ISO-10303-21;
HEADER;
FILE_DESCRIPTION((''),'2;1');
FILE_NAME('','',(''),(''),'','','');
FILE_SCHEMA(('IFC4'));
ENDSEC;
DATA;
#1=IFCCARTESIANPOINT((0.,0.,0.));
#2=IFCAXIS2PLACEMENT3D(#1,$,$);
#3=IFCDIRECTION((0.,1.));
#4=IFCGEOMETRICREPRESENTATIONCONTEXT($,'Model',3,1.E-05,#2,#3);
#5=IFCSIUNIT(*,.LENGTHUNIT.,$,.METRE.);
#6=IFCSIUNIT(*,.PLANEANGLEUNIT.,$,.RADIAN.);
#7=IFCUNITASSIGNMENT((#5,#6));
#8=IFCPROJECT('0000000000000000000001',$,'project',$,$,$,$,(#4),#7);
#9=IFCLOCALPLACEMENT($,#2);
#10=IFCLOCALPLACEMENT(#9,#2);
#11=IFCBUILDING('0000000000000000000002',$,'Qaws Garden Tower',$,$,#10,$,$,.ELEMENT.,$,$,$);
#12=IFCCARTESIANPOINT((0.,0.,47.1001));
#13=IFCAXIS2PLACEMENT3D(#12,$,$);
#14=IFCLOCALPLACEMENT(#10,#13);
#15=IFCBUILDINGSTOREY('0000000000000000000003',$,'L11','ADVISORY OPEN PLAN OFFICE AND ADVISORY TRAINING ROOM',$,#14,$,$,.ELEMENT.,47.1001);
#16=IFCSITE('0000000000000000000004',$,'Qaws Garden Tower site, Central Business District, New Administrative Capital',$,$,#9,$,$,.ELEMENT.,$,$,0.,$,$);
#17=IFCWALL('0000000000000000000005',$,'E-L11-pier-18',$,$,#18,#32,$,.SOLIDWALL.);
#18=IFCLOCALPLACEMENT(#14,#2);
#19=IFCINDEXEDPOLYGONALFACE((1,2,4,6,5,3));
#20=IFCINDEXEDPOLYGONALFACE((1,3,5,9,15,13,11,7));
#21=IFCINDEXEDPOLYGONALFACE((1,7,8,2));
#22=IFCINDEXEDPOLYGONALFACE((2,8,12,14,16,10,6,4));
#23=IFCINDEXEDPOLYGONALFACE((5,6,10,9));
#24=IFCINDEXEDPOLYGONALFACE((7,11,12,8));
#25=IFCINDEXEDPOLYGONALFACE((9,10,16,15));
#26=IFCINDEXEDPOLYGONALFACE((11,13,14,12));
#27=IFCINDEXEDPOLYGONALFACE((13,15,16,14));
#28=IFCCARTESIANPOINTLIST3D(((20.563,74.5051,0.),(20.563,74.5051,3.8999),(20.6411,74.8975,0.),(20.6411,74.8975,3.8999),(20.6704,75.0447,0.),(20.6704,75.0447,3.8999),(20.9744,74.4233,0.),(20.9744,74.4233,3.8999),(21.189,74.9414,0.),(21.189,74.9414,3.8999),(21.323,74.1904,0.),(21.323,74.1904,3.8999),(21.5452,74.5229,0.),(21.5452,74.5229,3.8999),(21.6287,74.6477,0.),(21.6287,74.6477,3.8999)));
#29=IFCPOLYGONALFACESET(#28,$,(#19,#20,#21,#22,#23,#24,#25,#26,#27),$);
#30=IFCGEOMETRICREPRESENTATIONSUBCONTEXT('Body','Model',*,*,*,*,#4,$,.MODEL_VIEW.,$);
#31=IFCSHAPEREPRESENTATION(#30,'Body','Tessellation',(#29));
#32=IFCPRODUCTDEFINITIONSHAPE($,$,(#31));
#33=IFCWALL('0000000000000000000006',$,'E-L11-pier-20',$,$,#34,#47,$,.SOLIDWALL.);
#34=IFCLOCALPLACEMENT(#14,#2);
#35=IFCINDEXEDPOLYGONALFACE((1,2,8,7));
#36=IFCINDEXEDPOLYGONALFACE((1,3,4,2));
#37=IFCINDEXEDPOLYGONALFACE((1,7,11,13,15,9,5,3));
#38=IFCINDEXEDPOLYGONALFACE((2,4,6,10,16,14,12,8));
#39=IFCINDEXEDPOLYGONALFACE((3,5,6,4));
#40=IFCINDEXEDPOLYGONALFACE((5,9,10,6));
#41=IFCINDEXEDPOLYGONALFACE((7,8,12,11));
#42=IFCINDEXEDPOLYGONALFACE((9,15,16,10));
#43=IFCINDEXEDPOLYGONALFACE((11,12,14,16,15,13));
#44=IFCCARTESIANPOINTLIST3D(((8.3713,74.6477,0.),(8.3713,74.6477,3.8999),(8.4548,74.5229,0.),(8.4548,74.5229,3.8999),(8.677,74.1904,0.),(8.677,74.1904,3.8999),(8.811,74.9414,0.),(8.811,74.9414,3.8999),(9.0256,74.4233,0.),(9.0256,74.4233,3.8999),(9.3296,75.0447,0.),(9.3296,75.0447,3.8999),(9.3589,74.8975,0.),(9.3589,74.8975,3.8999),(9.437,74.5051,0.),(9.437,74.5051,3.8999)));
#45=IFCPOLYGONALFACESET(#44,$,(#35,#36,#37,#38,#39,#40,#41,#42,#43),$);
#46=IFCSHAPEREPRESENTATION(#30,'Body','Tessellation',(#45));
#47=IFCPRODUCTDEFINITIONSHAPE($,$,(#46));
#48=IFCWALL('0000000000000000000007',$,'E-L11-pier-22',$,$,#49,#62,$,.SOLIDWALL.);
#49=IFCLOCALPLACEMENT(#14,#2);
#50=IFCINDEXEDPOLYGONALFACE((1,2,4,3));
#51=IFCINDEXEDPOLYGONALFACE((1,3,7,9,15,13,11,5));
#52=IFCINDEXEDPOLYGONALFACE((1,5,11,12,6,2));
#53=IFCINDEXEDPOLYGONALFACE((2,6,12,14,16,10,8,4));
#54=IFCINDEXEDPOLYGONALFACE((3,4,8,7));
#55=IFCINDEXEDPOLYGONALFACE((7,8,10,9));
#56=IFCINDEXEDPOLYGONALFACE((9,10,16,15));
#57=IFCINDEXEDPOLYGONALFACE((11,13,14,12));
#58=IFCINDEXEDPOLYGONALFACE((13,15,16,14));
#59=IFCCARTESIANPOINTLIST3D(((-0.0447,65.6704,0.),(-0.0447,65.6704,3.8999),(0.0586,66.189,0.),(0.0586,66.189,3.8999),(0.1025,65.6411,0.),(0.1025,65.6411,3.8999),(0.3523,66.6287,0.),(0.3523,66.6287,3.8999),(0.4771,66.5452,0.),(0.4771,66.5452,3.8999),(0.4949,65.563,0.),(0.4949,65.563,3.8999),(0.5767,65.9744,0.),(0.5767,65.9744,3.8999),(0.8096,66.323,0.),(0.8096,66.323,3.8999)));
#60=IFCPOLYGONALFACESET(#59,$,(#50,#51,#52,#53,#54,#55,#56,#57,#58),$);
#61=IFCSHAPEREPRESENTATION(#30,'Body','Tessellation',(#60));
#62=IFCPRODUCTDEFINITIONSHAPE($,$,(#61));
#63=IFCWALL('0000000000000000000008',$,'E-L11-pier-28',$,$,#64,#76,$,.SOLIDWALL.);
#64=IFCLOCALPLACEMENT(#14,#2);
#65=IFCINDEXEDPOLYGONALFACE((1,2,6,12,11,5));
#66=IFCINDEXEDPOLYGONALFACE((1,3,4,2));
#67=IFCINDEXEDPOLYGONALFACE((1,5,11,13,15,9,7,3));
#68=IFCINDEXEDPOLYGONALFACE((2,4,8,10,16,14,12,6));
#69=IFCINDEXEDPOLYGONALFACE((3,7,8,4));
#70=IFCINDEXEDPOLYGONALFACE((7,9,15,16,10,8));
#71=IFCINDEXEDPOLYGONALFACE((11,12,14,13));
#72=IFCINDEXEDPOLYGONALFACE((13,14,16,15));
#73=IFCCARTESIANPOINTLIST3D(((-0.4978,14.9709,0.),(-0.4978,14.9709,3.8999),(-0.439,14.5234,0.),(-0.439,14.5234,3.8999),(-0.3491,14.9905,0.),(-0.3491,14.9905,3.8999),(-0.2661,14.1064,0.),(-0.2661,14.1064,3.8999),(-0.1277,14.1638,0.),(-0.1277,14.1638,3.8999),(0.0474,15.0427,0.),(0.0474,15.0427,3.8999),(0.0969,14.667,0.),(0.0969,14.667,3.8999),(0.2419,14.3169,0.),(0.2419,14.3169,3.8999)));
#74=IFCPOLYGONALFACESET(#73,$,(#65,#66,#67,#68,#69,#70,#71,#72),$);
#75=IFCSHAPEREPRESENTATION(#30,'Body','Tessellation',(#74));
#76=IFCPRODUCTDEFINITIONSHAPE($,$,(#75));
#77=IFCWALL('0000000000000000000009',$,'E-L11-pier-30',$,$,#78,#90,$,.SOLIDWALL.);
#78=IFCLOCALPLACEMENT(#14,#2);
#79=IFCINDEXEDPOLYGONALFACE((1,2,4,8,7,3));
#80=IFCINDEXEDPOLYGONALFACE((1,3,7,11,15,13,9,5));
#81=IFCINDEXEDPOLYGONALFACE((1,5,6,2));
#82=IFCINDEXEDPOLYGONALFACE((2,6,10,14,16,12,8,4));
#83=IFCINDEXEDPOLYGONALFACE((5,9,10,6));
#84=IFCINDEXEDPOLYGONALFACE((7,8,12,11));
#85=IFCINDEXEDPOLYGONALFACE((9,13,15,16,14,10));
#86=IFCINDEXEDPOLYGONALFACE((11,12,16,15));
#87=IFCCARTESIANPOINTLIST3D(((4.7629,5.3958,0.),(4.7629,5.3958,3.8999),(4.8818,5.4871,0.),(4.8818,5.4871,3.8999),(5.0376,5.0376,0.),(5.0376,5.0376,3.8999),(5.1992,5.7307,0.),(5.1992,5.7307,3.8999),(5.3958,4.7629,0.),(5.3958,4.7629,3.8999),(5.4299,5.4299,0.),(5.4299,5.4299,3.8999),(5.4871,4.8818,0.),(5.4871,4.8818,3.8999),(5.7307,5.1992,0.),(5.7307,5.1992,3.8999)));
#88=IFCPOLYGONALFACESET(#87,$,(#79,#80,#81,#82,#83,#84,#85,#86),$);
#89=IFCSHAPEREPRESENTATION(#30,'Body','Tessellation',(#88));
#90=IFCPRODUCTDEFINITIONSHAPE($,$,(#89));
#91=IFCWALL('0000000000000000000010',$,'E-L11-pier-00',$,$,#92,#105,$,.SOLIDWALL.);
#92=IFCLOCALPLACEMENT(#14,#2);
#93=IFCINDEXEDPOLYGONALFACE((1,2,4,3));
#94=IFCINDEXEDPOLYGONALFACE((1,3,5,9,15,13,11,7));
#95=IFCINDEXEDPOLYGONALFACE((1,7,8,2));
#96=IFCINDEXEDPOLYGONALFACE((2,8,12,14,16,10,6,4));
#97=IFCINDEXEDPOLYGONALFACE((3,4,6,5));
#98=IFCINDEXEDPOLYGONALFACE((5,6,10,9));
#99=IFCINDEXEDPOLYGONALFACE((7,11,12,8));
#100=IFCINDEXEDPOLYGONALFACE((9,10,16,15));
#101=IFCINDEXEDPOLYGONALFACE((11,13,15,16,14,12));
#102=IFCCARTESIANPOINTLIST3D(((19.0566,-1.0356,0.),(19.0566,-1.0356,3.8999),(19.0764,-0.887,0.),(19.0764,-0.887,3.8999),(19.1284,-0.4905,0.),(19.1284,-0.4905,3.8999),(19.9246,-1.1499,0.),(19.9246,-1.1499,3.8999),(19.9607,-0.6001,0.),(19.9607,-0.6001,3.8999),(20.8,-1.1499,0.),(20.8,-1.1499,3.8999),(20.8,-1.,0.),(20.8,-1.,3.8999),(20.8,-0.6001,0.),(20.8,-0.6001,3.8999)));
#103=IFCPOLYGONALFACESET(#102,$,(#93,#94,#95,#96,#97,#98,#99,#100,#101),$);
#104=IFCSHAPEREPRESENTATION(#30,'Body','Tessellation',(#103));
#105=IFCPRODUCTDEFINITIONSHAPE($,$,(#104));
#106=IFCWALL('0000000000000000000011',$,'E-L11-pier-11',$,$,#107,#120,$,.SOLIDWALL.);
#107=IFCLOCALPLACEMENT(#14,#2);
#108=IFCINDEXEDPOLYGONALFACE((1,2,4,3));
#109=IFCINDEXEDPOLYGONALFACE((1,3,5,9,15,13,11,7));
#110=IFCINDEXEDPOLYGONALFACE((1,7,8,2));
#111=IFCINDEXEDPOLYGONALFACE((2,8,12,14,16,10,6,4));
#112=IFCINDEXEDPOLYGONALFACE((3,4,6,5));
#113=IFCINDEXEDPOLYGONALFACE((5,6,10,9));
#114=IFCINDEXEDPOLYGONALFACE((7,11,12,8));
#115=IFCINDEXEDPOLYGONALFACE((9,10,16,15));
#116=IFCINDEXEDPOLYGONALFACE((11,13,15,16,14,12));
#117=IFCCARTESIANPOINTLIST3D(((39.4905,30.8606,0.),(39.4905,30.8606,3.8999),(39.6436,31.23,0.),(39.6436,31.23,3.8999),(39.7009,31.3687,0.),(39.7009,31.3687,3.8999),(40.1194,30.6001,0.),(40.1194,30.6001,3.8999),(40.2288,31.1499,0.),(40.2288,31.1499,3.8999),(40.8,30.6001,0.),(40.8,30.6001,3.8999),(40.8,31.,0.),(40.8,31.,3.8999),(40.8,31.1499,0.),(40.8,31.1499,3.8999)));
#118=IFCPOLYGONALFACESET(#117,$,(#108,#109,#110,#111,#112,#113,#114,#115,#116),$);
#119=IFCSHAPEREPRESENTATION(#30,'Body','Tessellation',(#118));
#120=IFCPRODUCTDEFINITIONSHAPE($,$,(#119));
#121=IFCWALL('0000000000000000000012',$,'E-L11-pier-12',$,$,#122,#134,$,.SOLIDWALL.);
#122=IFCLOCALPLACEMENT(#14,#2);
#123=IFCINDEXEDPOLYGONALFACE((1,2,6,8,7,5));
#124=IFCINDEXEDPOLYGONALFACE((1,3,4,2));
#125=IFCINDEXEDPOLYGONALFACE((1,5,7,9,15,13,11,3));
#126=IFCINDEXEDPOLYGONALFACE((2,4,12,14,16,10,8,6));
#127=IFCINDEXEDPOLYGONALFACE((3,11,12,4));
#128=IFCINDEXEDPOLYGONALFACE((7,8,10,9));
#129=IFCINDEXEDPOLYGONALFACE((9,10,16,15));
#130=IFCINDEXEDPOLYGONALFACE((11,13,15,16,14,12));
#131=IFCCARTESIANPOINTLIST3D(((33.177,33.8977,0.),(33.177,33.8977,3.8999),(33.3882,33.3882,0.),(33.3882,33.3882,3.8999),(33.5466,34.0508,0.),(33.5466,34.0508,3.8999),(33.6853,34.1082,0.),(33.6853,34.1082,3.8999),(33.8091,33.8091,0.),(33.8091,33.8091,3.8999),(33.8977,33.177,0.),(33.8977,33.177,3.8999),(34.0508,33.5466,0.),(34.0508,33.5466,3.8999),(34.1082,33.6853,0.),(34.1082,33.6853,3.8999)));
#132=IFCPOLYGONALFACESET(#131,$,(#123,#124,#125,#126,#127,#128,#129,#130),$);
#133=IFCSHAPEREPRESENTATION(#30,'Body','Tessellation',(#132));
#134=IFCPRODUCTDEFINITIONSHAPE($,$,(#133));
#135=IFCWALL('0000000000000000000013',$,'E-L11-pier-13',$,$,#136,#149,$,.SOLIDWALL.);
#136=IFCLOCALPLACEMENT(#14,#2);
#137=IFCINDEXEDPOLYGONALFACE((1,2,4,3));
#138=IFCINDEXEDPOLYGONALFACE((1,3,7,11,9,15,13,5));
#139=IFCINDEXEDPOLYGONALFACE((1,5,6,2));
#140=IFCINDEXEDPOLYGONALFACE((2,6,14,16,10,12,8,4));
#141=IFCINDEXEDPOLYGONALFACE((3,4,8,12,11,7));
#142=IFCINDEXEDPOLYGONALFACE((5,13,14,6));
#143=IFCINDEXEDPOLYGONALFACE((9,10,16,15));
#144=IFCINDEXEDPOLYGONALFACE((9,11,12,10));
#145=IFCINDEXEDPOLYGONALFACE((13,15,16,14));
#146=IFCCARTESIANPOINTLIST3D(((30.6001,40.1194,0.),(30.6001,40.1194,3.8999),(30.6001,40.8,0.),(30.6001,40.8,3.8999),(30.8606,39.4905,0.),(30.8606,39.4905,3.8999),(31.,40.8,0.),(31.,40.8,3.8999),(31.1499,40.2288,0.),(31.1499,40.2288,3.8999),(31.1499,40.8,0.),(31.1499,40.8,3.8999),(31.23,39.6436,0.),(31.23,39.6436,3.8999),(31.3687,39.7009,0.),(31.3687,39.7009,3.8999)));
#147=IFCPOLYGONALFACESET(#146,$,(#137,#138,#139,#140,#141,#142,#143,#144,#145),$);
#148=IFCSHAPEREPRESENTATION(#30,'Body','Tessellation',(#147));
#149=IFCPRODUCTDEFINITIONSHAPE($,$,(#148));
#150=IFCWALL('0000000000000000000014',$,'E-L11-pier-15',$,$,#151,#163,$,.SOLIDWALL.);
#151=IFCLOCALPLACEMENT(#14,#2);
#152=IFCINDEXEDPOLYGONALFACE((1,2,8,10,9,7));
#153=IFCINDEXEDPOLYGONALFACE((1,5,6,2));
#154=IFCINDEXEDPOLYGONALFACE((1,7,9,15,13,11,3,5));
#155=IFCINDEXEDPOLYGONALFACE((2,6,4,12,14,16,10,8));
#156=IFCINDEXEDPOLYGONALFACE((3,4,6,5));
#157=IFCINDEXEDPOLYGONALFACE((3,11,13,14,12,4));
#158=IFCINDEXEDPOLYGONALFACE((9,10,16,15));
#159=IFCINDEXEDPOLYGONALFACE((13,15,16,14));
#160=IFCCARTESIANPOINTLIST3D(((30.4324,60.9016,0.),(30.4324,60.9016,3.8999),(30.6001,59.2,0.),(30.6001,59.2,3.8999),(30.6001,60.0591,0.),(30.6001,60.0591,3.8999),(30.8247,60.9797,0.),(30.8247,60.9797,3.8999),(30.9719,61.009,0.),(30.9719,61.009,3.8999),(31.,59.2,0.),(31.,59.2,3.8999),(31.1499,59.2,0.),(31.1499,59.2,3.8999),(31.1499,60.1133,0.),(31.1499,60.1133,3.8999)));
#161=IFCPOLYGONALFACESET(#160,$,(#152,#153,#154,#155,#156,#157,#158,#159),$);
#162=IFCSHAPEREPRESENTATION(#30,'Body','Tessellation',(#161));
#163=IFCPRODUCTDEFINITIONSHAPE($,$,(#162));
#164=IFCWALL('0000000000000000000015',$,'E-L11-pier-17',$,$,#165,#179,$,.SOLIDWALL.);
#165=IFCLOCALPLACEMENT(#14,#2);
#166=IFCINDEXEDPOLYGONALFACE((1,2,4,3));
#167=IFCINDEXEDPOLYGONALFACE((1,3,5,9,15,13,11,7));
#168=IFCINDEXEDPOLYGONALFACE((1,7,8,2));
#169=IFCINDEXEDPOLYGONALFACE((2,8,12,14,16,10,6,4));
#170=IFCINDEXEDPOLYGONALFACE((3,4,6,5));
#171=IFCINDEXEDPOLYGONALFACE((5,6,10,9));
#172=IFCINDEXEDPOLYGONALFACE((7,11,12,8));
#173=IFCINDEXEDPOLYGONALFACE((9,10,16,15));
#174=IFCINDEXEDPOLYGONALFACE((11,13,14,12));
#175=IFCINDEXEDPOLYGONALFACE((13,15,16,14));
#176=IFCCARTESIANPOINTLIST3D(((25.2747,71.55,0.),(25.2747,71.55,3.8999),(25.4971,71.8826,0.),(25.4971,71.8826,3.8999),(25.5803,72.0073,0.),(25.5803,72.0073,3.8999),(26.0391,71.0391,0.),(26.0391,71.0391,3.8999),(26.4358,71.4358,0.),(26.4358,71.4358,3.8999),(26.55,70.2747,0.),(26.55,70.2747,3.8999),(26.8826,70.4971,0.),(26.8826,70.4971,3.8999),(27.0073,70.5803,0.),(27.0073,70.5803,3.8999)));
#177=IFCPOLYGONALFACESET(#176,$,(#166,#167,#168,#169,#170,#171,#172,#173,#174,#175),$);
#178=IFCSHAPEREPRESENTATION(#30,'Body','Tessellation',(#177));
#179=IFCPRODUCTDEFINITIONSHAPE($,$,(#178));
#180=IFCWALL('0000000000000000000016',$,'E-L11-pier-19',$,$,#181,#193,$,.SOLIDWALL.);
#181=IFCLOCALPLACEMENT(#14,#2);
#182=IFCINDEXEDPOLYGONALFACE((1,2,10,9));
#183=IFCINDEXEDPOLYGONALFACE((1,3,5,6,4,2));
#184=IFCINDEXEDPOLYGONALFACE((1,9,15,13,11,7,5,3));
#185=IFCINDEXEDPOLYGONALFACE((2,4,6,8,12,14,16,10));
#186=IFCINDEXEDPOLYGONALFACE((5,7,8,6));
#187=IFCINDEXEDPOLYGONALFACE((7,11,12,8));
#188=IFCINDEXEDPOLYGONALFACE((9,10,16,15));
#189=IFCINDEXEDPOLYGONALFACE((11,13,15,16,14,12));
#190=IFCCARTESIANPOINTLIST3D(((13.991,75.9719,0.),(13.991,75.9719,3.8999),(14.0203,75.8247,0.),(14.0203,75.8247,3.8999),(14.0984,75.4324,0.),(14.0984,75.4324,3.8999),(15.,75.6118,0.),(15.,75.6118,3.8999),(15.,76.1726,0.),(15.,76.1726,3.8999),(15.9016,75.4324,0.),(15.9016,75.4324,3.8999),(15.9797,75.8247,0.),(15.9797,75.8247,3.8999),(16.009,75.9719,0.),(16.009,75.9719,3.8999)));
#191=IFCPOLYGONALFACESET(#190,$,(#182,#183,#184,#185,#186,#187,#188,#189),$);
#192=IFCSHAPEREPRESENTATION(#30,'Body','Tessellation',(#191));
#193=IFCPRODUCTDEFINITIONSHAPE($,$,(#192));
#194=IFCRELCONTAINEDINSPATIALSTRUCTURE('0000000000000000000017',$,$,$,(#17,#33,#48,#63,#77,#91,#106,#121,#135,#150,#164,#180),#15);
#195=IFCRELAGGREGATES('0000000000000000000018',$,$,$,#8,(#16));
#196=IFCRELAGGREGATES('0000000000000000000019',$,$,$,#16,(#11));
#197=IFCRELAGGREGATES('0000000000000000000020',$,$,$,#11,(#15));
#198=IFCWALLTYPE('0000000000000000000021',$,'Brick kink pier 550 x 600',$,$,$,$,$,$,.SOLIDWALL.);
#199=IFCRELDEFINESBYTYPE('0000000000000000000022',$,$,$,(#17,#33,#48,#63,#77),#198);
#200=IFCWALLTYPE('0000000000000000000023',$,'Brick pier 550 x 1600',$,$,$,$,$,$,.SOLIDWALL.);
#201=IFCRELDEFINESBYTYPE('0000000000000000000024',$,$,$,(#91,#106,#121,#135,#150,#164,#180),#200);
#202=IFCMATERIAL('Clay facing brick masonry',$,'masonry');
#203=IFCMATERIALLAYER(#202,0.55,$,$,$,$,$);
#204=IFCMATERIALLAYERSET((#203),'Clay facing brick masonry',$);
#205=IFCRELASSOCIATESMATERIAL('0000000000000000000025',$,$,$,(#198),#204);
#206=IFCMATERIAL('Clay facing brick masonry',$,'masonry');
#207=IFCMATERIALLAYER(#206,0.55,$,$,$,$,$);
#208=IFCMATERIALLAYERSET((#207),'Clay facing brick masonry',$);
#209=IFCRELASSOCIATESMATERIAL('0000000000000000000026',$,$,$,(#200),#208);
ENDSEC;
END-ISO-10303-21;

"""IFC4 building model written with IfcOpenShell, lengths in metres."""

from ifc_helpers import new_model, si_unit, direction, frame, origin, place, context, subcontext, project, spatial, polyline, outline, extrude, material, layer, layer_set, type_object, element, save


model = new_model("IFC4")

# Units and contexts
model_context = context("Model", 3, precision=1e-05, world=origin(), true_north=direction((0.0, 1.0)))
body_context = subcontext(model_context, "Body", "Model", "MODEL_VIEW")
ifc_project = project(units=[si_unit("LENGTHUNIT", "METRE"), si_unit("PLANEANGLEUNIT", "RADIAN")], contexts=[model_context])

# Site, building, storey
site_placement = place(None, origin())
site = spatial("IfcSite", under=ifc_project, at=site_placement, Name="Qaws Garden Tower site, Central Business District, New Administrative Capital", CompositionType="ELEMENT", RefElevation=0.0)
building_placement = place(site_placement, origin())
building = spatial("IfcBuilding", under=site, at=building_placement, Name="Qaws Garden Tower", CompositionType="ELEMENT")
storey_placement = place(building_placement, frame((0.0, 0.0, 47.1001)))
storey = spatial("IfcBuildingStorey", under=building, at=storey_placement, Name="L11", Description="ADVISORY OPEN PLAN OFFICE AND ADVISORY TRAINING ROOM", CompositionType="ELEMENT", Elevation=47.1001)

# Walls
placement = place(storey_placement, origin())
ifc_material_1 = material(Name="Clay facing brick masonry", Category="masonry")
ifc_layer_1 = layer(ifc_material_1, 0.55)
ifc_layer_set_1 = layer_set([ifc_layer_1], Name="Clay facing brick masonry")
wall_type_1 = type_object("IfcWallType", Name="Brick kink pier 550 x 600", PredefinedType="SOLIDWALL", material=ifc_layer_set_1)
element("IfcWall", 1, at=placement, inside=storey, type_object=wall_type_1, Name="E-L11-pier-18", PredefinedType="SOLIDWALL", context=body_context, shape_type="SweptSolid", body=[
    extrude(outline(polyline([(21.5452, 74.5229), (21.6287, 74.6477), (21.189, 74.9414), (20.6704, 75.0447), (20.6411, 74.8975), (20.563, 74.5051), (20.9744, 74.4233), (21.323, 74.1904), (21.5452, 74.5229)])), origin(), (0.0, 0.0, 1.0), 3.8999),
])
element("IfcWall", 2, at=placement, inside=storey, type_object=wall_type_1, Name="E-L11-pier-20", PredefinedType="SOLIDWALL", context=body_context, shape_type="SweptSolid", body=[
    extrude(outline(polyline([(9.3589, 74.8975), (9.3296, 75.0447), (8.811, 74.9414), (8.3713, 74.6477), (8.4548, 74.5229), (8.677, 74.1904), (9.0256, 74.4233), (9.437, 74.5051), (9.3589, 74.8975)])), origin(), (0.0, 0.0, 1.0), 3.8999),
])
element("IfcWall", 3, at=placement, inside=storey, type_object=wall_type_1, Name="E-L11-pier-22", PredefinedType="SOLIDWALL", context=body_context, shape_type="SweptSolid", body=[
    extrude(outline(polyline([(0.4771, 66.5452), (0.3523, 66.6287), (0.0586, 66.189), (-0.0447, 65.6704), (0.1025, 65.6411), (0.4949, 65.563), (0.5767, 65.9744), (0.8096, 66.323), (0.4771, 66.5452)])), origin(), (0.0, 0.0, 1.0), 3.8999),
])
element("IfcWall", 4, at=placement, inside=storey, type_object=wall_type_1, Name="E-L11-pier-28", PredefinedType="SOLIDWALL", context=body_context, shape_type="SweptSolid", body=[
    extrude(outline(polyline([(-0.3491, 14.9905), (-0.4978, 14.9709), (-0.439, 14.5234), (-0.2661, 14.1064), (-0.1277, 14.1638), (0.2419, 14.3169), (0.0969, 14.667), (0.0474, 15.0427), (-0.3491, 14.9905)])), origin(), (0.0, 0.0, 1.0), 3.8999),
])
element("IfcWall", 5, at=placement, inside=storey, type_object=wall_type_1, Name="E-L11-pier-30", PredefinedType="SOLIDWALL", context=body_context, shape_type="SweptSolid", body=[
    extrude(outline(polyline([(4.8818, 5.4871), (4.7629, 5.3958), (5.0376, 5.0376), (5.3958, 4.7629), (5.4871, 4.8818), (5.7307, 5.1992), (5.4299, 5.4299), (5.1992, 5.7307), (4.8818, 5.4871)])), origin(), (0.0, 0.0, 1.0), 3.8999),
])
ifc_material_2 = material(Name="Clay facing brick masonry", Category="masonry")
ifc_layer_2 = layer(ifc_material_2, 0.55)
ifc_layer_set_2 = layer_set([ifc_layer_2], Name="Clay facing brick masonry")
wall_type_2 = type_object("IfcWallType", Name="Brick pier 550 x 1600", PredefinedType="SOLIDWALL", material=ifc_layer_set_2)
element("IfcWall", 6, at=placement, inside=storey, type_object=wall_type_2, Name="E-L11-pier-00", PredefinedType="SOLIDWALL", context=body_context, shape_type="SweptSolid", body=[
    extrude(outline(polyline([(19.0764, -0.887), (19.0566, -1.0356), (19.9246, -1.1499), (20.8, -1.1499), (20.8, -1.0), (20.8, -0.6001), (19.9607, -0.6001), (19.1284, -0.4905), (19.0764, -0.887)])), origin(), (0.0, 0.0, 1.0), 3.8999),
])
element("IfcWall", 7, at=placement, inside=storey, type_object=wall_type_2, Name="E-L11-pier-11", PredefinedType="SOLIDWALL", context=body_context, shape_type="SweptSolid", body=[
    extrude(outline(polyline([(40.8, 31.0), (40.8, 31.1499), (40.2288, 31.1499), (39.7009, 31.3687), (39.6436, 31.23), (39.4905, 30.8606), (40.1194, 30.6001), (40.8, 30.6001), (40.8, 31.0)])), origin(), (0.0, 0.0, 1.0), 3.8999),
])
element("IfcWall", 8, at=placement, inside=storey, type_object=wall_type_2, Name="E-L11-pier-12", PredefinedType="SOLIDWALL", context=body_context, shape_type="SweptSolid", body=[
    extrude(outline(polyline([(34.0508, 33.5466), (34.1082, 33.6853), (33.8091, 33.8091), (33.6853, 34.1082), (33.5466, 34.0508), (33.177, 33.8977), (33.3882, 33.3882), (33.8977, 33.177), (34.0508, 33.5466)])), origin(), (0.0, 0.0, 1.0), 3.8999),
])
element("IfcWall", 9, at=placement, inside=storey, type_object=wall_type_2, Name="E-L11-pier-13", PredefinedType="SOLIDWALL", context=body_context, shape_type="SweptSolid", body=[
    extrude(outline(polyline([(31.23, 39.6436), (31.3687, 39.7009), (31.1499, 40.2288), (31.1499, 40.8), (31.0, 40.8), (30.6001, 40.8), (30.6001, 40.1194), (30.8606, 39.4905), (31.23, 39.6436)])), origin(), (0.0, 0.0, 1.0), 3.8999),
])
element("IfcWall", 10, at=placement, inside=storey, type_object=wall_type_2, Name="E-L11-pier-15", PredefinedType="SOLIDWALL", context=body_context, shape_type="SweptSolid", body=[
    extrude(outline(polyline([(31.0, 59.2), (31.1499, 59.2), (31.1499, 60.1133), (30.9719, 61.009), (30.8247, 60.9797), (30.4324, 60.9016), (30.6001, 60.0591), (30.6001, 59.2), (31.0, 59.2)])), origin(), (0.0, 0.0, 1.0), 3.8999),
])
element("IfcWall", 11, at=placement, inside=storey, type_object=wall_type_2, Name="E-L11-pier-17", PredefinedType="SOLIDWALL", context=body_context, shape_type="SweptSolid", body=[
    extrude(outline(polyline([(26.8826, 70.4971), (27.0073, 70.5803), (26.4358, 71.4358), (25.5803, 72.0073), (25.4971, 71.8826), (25.2747, 71.55), (26.0391, 71.0391), (26.55, 70.2747), (26.8826, 70.4971)])), origin(), (0.0, 0.0, 1.0), 3.8999),
])
element("IfcWall", 12, at=placement, inside=storey, type_object=wall_type_2, Name="E-L11-pier-19", PredefinedType="SOLIDWALL", context=body_context, shape_type="SweptSolid", body=[
    extrude(outline(polyline([(15.9797, 75.8247), (16.009, 75.9719), (15.0, 76.1726), (13.991, 75.9719), (14.0203, 75.8247), (14.0984, 75.4324), (15.0, 75.6118), (15.9016, 75.4324), (15.9797, 75.8247)])), origin(), (0.0, 0.0, 1.0), 3.8999),
])

save(model, "model.ifc")
